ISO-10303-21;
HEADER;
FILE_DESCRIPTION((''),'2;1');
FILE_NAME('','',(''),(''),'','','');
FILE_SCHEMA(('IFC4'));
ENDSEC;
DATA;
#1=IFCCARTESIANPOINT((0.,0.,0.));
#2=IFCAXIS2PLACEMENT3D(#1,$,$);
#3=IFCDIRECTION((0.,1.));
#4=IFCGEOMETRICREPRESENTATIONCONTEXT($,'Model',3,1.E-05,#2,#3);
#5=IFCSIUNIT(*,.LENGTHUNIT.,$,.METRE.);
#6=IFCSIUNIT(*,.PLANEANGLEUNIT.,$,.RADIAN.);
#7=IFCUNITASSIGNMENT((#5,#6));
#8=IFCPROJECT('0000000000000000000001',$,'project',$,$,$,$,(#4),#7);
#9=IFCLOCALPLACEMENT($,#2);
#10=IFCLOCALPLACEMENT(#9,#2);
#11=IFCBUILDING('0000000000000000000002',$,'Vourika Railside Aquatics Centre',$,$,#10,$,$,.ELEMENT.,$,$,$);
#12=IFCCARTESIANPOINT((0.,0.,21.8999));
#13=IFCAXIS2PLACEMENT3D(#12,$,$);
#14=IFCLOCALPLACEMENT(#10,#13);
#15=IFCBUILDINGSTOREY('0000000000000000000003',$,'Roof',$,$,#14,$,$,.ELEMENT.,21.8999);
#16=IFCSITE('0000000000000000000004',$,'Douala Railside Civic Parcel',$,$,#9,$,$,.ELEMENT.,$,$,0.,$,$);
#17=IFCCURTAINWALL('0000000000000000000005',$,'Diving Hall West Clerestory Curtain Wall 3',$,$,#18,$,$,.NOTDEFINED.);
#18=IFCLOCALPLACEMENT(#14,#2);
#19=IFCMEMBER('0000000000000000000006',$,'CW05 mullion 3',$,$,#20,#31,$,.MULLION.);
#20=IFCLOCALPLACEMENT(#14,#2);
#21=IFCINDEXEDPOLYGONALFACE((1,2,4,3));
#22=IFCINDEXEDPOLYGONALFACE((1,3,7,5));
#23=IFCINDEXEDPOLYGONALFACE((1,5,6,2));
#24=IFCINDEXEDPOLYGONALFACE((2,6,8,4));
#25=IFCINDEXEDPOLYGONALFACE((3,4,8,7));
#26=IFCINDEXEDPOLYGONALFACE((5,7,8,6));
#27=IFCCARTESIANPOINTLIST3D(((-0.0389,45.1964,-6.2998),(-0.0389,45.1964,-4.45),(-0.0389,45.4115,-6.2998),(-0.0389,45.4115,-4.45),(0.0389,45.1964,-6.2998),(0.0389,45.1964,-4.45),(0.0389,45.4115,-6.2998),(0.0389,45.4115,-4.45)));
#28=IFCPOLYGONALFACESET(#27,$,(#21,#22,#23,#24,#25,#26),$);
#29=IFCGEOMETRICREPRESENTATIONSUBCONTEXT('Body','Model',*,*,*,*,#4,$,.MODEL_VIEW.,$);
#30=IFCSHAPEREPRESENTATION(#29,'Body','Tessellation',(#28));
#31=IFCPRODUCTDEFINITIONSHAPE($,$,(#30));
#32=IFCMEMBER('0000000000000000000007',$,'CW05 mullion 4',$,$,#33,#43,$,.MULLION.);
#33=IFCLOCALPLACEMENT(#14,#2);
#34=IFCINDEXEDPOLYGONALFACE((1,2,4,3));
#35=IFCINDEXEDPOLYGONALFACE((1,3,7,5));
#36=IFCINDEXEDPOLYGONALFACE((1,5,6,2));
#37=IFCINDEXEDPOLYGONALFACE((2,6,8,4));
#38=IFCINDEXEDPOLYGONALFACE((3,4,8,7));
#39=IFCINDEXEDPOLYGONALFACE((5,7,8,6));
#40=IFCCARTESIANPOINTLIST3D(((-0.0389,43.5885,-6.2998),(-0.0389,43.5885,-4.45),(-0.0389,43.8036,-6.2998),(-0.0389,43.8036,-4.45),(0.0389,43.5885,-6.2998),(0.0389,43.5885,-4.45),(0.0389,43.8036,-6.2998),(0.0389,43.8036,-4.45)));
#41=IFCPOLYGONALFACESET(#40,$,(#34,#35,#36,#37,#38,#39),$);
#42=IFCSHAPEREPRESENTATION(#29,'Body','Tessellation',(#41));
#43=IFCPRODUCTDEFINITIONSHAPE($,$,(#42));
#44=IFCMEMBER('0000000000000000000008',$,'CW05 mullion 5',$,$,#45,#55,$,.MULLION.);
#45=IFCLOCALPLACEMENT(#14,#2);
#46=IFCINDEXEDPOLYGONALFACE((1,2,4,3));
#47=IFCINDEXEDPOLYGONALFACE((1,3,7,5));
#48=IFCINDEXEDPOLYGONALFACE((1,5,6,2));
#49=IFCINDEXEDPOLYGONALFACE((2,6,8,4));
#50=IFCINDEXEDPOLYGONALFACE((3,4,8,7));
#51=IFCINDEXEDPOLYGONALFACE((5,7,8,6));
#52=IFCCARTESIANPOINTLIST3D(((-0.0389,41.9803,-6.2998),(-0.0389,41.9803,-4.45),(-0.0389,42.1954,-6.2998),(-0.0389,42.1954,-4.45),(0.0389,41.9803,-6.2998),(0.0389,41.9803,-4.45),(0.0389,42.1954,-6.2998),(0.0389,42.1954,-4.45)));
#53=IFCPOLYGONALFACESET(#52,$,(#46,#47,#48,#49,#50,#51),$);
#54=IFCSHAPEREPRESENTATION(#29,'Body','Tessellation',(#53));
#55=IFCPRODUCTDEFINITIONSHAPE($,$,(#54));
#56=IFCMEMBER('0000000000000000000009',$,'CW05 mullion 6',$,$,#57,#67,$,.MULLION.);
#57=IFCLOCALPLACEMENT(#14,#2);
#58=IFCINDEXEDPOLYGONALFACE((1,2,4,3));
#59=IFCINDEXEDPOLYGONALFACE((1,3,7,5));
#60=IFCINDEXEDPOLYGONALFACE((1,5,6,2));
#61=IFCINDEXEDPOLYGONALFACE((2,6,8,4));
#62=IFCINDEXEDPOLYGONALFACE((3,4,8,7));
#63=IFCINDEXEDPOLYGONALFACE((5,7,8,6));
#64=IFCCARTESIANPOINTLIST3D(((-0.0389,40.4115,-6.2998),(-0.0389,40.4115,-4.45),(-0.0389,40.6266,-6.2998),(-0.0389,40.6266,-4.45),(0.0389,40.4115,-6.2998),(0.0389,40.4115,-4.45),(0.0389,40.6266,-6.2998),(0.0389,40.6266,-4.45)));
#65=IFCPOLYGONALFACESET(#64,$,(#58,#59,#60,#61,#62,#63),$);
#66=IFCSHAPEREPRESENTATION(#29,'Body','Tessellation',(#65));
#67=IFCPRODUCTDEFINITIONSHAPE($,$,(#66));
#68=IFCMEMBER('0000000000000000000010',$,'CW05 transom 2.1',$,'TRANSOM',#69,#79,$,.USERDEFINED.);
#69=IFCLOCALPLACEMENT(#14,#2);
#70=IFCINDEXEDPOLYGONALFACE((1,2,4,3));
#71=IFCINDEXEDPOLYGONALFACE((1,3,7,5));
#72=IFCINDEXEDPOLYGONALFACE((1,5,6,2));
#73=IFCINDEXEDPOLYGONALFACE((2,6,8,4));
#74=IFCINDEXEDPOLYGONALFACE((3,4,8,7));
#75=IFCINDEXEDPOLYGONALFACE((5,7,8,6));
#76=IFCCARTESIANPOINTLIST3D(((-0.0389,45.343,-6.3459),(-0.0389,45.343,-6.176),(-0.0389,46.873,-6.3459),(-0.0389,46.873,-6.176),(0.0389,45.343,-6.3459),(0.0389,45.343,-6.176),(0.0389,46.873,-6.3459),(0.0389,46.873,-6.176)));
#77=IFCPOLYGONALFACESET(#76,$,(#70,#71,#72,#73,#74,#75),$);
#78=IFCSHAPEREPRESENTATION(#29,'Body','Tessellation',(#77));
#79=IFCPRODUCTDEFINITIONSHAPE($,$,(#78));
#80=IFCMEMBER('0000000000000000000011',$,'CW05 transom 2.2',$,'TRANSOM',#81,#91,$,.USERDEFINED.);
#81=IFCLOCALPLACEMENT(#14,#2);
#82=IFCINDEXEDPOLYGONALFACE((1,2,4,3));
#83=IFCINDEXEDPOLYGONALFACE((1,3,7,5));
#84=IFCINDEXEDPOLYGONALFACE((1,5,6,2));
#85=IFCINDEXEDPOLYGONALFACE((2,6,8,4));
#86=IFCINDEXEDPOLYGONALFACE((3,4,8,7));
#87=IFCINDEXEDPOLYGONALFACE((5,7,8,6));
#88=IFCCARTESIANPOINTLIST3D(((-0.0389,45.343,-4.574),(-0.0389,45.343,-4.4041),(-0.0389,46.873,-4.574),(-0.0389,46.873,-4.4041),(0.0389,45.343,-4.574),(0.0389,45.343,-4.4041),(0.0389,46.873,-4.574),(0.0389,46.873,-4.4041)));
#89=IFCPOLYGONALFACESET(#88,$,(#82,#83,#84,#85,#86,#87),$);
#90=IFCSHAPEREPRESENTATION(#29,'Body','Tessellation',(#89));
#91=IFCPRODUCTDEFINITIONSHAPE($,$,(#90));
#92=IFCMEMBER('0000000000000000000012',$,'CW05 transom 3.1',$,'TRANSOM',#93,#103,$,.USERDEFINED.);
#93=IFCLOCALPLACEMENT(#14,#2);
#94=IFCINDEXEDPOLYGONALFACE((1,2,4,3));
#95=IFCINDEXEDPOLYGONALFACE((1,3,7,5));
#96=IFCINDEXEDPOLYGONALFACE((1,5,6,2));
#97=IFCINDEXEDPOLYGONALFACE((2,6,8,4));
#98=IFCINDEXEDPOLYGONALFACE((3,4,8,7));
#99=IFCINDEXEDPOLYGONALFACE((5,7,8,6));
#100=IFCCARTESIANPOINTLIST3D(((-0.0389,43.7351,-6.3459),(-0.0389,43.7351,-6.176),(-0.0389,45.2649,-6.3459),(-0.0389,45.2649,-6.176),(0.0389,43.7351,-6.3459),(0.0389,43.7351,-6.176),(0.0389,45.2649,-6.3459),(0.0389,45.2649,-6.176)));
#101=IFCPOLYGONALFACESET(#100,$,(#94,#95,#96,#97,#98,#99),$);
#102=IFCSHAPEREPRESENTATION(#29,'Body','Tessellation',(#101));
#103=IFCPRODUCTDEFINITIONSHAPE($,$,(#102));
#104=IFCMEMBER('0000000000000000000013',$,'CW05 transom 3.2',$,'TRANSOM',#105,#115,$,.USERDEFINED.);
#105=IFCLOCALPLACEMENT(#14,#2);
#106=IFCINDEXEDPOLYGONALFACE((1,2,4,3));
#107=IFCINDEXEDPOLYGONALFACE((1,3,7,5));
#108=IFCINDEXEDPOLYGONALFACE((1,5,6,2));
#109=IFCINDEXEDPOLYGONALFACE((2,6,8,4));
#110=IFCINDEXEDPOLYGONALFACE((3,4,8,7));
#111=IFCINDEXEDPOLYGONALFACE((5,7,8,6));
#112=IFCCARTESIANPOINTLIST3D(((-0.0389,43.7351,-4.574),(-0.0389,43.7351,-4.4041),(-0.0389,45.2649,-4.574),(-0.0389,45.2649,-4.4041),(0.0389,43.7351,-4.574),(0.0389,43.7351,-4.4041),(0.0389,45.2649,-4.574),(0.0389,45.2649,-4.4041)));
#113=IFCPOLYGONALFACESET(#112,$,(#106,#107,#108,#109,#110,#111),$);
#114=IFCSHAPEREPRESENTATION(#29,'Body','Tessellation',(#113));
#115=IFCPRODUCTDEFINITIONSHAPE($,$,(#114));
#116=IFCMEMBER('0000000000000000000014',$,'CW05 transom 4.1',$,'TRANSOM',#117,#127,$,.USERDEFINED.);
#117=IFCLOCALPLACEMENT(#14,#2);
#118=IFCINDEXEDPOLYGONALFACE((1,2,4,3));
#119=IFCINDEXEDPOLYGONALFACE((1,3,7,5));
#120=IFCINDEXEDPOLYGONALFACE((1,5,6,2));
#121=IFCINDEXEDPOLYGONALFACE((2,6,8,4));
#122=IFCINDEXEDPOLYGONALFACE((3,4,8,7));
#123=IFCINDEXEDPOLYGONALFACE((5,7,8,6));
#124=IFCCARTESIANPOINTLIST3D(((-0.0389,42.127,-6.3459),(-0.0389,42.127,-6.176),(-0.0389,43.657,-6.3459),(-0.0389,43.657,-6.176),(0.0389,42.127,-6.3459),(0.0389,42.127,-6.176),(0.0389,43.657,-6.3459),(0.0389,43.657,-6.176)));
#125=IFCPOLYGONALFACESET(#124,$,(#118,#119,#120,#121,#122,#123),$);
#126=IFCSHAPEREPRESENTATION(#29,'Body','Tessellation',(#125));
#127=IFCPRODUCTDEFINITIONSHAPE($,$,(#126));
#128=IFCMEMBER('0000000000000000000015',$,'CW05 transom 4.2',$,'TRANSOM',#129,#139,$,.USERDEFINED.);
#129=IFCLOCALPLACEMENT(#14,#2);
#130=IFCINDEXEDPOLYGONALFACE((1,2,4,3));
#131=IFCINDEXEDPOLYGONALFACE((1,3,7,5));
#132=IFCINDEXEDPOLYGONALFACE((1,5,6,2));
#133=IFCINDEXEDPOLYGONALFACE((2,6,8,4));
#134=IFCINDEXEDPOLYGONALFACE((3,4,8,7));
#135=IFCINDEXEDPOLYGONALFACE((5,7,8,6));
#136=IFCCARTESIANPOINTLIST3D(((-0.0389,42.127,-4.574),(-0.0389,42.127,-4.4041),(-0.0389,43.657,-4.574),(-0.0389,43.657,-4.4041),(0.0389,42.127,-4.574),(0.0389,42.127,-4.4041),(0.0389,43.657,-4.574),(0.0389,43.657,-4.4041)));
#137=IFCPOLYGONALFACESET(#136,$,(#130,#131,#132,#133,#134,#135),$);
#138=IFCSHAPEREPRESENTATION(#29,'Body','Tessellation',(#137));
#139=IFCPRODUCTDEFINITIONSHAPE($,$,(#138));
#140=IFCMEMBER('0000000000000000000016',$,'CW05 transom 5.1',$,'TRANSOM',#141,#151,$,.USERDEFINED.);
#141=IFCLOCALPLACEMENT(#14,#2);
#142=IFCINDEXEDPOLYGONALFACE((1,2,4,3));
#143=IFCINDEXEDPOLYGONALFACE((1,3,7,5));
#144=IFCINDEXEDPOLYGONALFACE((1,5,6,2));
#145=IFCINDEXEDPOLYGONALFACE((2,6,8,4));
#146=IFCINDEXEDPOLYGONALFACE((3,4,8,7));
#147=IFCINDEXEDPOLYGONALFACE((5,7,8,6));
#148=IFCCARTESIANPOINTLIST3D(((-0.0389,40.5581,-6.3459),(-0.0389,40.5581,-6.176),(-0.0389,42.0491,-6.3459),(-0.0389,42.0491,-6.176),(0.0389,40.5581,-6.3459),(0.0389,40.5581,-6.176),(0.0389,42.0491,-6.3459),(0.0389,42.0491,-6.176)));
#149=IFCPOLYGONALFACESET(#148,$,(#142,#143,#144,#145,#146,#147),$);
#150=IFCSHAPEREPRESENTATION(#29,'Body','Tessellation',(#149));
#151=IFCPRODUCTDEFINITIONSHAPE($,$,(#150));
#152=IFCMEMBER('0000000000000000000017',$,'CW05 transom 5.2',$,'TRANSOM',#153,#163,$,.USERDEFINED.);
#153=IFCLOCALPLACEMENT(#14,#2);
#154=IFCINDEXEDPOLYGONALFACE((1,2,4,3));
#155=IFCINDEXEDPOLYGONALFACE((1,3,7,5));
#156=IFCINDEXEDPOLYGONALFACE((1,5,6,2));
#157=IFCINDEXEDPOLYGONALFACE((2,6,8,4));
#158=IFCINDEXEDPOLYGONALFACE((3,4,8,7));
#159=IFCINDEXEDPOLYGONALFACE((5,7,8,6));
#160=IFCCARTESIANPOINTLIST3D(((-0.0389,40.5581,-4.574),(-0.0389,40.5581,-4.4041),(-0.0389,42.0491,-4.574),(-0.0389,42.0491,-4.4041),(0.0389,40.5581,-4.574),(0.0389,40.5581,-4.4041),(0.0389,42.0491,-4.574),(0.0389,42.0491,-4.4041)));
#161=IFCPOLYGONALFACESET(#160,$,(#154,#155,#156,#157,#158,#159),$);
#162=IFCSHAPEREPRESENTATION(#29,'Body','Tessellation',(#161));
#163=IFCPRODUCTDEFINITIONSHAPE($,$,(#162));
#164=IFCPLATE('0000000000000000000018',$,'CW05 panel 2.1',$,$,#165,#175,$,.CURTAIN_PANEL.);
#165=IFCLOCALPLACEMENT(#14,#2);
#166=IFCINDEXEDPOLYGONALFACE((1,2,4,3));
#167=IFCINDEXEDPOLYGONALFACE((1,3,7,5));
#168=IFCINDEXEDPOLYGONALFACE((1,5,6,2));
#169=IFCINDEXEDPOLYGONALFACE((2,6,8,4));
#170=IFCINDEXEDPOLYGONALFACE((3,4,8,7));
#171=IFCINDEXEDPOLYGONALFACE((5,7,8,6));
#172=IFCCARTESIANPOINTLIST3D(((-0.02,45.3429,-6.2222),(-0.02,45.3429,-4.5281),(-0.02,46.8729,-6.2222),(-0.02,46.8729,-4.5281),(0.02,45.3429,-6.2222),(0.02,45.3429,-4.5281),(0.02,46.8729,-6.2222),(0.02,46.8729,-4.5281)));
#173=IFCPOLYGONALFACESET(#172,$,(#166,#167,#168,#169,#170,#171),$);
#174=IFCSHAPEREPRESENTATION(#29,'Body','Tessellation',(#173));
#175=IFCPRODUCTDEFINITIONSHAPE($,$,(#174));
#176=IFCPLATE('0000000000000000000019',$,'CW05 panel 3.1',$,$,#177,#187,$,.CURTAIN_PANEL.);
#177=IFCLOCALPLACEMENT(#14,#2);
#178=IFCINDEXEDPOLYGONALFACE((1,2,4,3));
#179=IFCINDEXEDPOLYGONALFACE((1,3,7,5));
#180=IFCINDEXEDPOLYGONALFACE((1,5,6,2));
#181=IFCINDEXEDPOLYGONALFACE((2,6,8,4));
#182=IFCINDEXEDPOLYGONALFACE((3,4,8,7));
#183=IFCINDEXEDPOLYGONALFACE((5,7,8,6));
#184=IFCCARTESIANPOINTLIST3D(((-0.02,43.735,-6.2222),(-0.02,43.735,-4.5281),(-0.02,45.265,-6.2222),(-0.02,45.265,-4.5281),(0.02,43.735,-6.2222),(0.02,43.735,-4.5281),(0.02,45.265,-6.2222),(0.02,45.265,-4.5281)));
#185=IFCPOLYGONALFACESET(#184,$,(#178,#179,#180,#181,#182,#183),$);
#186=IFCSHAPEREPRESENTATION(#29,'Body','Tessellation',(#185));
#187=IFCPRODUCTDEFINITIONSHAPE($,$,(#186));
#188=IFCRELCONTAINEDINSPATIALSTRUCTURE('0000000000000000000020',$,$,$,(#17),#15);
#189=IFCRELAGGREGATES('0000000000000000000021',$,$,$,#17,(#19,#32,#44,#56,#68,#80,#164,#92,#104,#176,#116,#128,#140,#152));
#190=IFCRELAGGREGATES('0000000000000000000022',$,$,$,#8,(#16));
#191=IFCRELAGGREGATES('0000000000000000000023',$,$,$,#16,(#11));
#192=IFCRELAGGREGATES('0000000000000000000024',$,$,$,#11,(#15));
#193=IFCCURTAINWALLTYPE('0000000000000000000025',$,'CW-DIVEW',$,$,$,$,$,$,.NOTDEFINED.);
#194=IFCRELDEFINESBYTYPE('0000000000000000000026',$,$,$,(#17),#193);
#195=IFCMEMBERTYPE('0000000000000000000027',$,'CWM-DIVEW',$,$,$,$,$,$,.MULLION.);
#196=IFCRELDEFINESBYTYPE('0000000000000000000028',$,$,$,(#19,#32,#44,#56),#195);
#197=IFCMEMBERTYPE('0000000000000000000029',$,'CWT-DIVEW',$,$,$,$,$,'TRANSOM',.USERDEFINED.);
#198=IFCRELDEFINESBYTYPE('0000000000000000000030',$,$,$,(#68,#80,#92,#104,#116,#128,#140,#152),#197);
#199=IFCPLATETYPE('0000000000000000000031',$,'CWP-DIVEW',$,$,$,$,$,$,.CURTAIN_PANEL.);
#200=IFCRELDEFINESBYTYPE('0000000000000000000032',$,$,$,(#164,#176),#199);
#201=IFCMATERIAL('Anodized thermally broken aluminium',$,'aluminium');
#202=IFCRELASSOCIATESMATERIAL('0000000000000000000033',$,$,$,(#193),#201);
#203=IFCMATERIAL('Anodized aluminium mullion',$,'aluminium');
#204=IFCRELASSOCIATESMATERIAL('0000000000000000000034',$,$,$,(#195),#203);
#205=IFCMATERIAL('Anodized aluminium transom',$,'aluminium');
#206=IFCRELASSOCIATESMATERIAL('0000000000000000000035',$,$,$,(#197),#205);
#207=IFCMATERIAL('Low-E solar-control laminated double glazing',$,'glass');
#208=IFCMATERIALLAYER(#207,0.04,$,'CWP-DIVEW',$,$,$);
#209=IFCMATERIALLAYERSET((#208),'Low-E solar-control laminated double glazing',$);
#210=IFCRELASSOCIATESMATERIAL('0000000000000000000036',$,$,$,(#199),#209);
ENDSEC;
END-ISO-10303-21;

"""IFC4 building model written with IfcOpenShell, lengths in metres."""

from ifc_helpers import new_model, si_unit, direction, frame, origin, origin_2d, place, context, subcontext, project, spatial, rectangle, extrude, material, layer, layer_set, material_profile, profile_set, type_object, element, aggregate, save


model = new_model("IFC4")

# Units and contexts
model_context = context("Model", 3, precision=1e-05, world=origin(), true_north=direction((0.0, 1.0)))
body_context = subcontext(model_context, "Body", "Model", "MODEL_VIEW")
ifc_project = project(units=[si_unit("LENGTHUNIT", "METRE"), si_unit("PLANEANGLEUNIT", "RADIAN")], contexts=[model_context])

# Site, building, storey
site_placement = place(None, origin())
site = spatial("IfcSite", under=ifc_project, at=site_placement, Name="Douala Railside Civic Parcel", CompositionType="ELEMENT", RefElevation=0.0)
building_placement = place(site_placement, origin())
building = spatial("IfcBuilding", under=site, at=building_placement, Name="Vourika Railside Aquatics Centre", CompositionType="ELEMENT")
storey_placement = place(building_placement, frame((0.0, 0.0, 21.8999)))
storey = spatial("IfcBuildingStorey", under=building, at=storey_placement, Name="Roof", CompositionType="ELEMENT", Elevation=21.8999)

# Curtain wall, members, plates
ifc_material_1 = material(Name="Anodized thermally broken aluminium", Category="aluminium")
curtain_wall_type = type_object("IfcCurtainWallType", Name="CW-DIVEW", PredefinedType="NOTDEFINED", material=ifc_material_1)
curtain_wall_placement = place(storey_placement, origin())
curtain_wall = element("IfcCurtainWall", 1, at=curtain_wall_placement, inside=storey, type_object=curtain_wall_type, Name="Diving Hall West Clerestory Curtain Wall 3", PredefinedType="NOTDEFINED")
ifc_material_2 = material(Name="Anodized aluminium mullion", Category="aluminium")
ifc_material_profile_1 = material_profile(ifc_material_2, rectangle(XDim=0.0779, YDim=0.2151, at=origin_2d()), Name="ALU-M 78x215")
ifc_profile_set_1 = profile_set([ifc_material_profile_1], Name="Anodized aluminium mullion")
member_type_1 = type_object("IfcMemberType", Name="CWM-DIVEW", PredefinedType="MULLION", material=ifc_profile_set_1)
member_1_placement = place(storey_placement, frame((0.0, 45.304, -6.2998), z_axis=(0.0, 0.0, 1.0), x_axis=(1.0, 0.0, 0.0)))
member_1 = element("IfcMember", 2, at=member_1_placement, type_object=member_type_1, Name="CW05 mullion 3", PredefinedType="MULLION", context=body_context, shape_type="SweptSolid", body=[
    extrude(rectangle(XDim=0.0779, YDim=0.2151, at=origin_2d()), origin(), (0.0, 0.0, 1.0), 1.8499),
])
member_2_placement = place(storey_placement, frame((0.0, 43.696, -6.2998), z_axis=(0.0, 0.0, 1.0), x_axis=(1.0, 0.0, 0.0)))
member_2 = element("IfcMember", 3, at=member_2_placement, type_object=member_type_1, Name="CW05 mullion 4", PredefinedType="MULLION", context=body_context, shape_type="SweptSolid", body=[
    extrude(rectangle(XDim=0.0779, YDim=0.2151, at=origin_2d()), origin(), (0.0, 0.0, 1.0), 1.8499),
])
member_3_placement = place(storey_placement, frame((0.0, 42.0879, -6.2998), z_axis=(0.0, 0.0, 1.0), x_axis=(1.0, 0.0, 0.0)))
member_3 = element("IfcMember", 4, at=member_3_placement, type_object=member_type_1, Name="CW05 mullion 5", PredefinedType="MULLION", context=body_context, shape_type="SweptSolid", body=[
    extrude(rectangle(XDim=0.0779, YDim=0.2151, at=origin_2d()), origin(), (0.0, 0.0, 1.0), 1.8499),
])
member_4_placement = place(storey_placement, frame((0.0, 40.519, -6.2998), z_axis=(0.0, 0.0, 1.0), x_axis=(1.0, 0.0, 0.0)))
member_4 = element("IfcMember", 5, at=member_4_placement, type_object=member_type_1, Name="CW05 mullion 6", PredefinedType="MULLION", context=body_context, shape_type="SweptSolid", body=[
    extrude(rectangle(XDim=0.0779, YDim=0.2151, at=origin_2d()), origin(), (0.0, 0.0, 1.0), 1.8499),
])
ifc_material_3 = material(Name="Anodized aluminium transom", Category="aluminium")
ifc_material_profile_2 = material_profile(ifc_material_3, rectangle(XDim=0.0779, YDim=0.1699, at=origin_2d()), Name="ALU-T 78x170")
ifc_profile_set_2 = profile_set([ifc_material_profile_2], Name="Anodized aluminium transom")
member_type_2 = type_object("IfcMemberType", Name="CWT-DIVEW", ElementType="TRANSOM", PredefinedType="USERDEFINED", material=ifc_profile_set_2)
member_5_placement = place(storey_placement, frame((0.0, 46.873, -6.261), z_axis=(0.0, -1.0, 0.0), x_axis=(1.0, 0.0, 0.0)))
member_5 = element("IfcMember", 6, at=member_5_placement, type_object=member_type_2, Name="CW05 transom 2.1", ObjectType="TRANSOM", PredefinedType="USERDEFINED", context=body_context, shape_type="SweptSolid", body=[
    extrude(rectangle(XDim=0.0779, YDim=0.1699, at=origin_2d()), origin(), (0.0, 0.0, 1.0), 1.53),
])
member_6_placement = place(storey_placement, frame((0.0, 46.873, -4.489), z_axis=(0.0, -1.0, 0.0), x_axis=(1.0, 0.0, 0.0)))
member_6 = element("IfcMember", 7, at=member_6_placement, type_object=member_type_2, Name="CW05 transom 2.2", ObjectType="TRANSOM", PredefinedType="USERDEFINED", context=body_context, shape_type="SweptSolid", body=[
    extrude(rectangle(XDim=0.0779, YDim=0.1699, at=origin_2d()), origin(), (0.0, 0.0, 1.0), 1.53),
])
member_7_placement = place(storey_placement, frame((0.0, 45.2649, -6.261), z_axis=(0.0, -1.0, 0.0), x_axis=(1.0, 0.0, 0.0)))
member_7 = element("IfcMember", 8, at=member_7_placement, type_object=member_type_2, Name="CW05 transom 3.1", ObjectType="TRANSOM", PredefinedType="USERDEFINED", context=body_context, shape_type="SweptSolid", body=[
    extrude(rectangle(XDim=0.0779, YDim=0.1699, at=origin_2d()), origin(), (0.0, 0.0, 1.0), 1.5298),
])
member_8_placement = place(storey_placement, frame((0.0, 45.2649, -4.489), z_axis=(0.0, -1.0, 0.0), x_axis=(1.0, 0.0, 0.0)))
member_8 = element("IfcMember", 9, at=member_8_placement, type_object=member_type_2, Name="CW05 transom 3.2", ObjectType="TRANSOM", PredefinedType="USERDEFINED", context=body_context, shape_type="SweptSolid", body=[
    extrude(rectangle(XDim=0.0779, YDim=0.1699, at=origin_2d()), origin(), (0.0, 0.0, 1.0), 1.5298),
])
member_9_placement = place(storey_placement, frame((0.0, 43.657, -6.261), z_axis=(0.0, -1.0, 0.0), x_axis=(1.0, 0.0, 0.0)))
member_9 = element("IfcMember", 10, at=member_9_placement, type_object=member_type_2, Name="CW05 transom 4.1", ObjectType="TRANSOM", PredefinedType="USERDEFINED", context=body_context, shape_type="SweptSolid", body=[
    extrude(rectangle(XDim=0.0779, YDim=0.1699, at=origin_2d()), origin(), (0.0, 0.0, 1.0), 1.53),
])
member_10_placement = place(storey_placement, frame((0.0, 43.657, -4.489), z_axis=(0.0, -1.0, 0.0), x_axis=(1.0, 0.0, 0.0)))
member_10 = element("IfcMember", 11, at=member_10_placement, type_object=member_type_2, Name="CW05 transom 4.2", ObjectType="TRANSOM", PredefinedType="USERDEFINED", context=body_context, shape_type="SweptSolid", body=[
    extrude(rectangle(XDim=0.0779, YDim=0.1699, at=origin_2d()), origin(), (0.0, 0.0, 1.0), 1.53),
])
member_11_placement = place(storey_placement, frame((0.0, 42.0491, -6.261), z_axis=(0.0, -1.0, 0.0), x_axis=(1.0, 0.0, 0.0)))
member_11 = element("IfcMember", 12, at=member_11_placement, type_object=member_type_2, Name="CW05 transom 5.1", ObjectType="TRANSOM", PredefinedType="USERDEFINED", context=body_context, shape_type="SweptSolid", body=[
    extrude(rectangle(XDim=0.0779, YDim=0.1699, at=origin_2d()), origin(), (0.0, 0.0, 1.0), 1.491),
])
member_12_placement = place(storey_placement, frame((0.0, 42.0491, -4.489), z_axis=(0.0, -1.0, 0.0), x_axis=(1.0, 0.0, 0.0)))
member_12 = element("IfcMember", 13, at=member_12_placement, type_object=member_type_2, Name="CW05 transom 5.2", ObjectType="TRANSOM", PredefinedType="USERDEFINED", context=body_context, shape_type="SweptSolid", body=[
    extrude(rectangle(XDim=0.0779, YDim=0.1699, at=origin_2d()), origin(), (0.0, 0.0, 1.0), 1.491),
])
ifc_material_4 = material(Name="Low-E solar-control laminated double glazing", Category="glass")
ifc_layer = layer(ifc_material_4, 0.04, Name="CWP-DIVEW")
ifc_layer_set = layer_set([ifc_layer], Name="Low-E solar-control laminated double glazing")
plate_type = type_object("IfcPlateType", Name="CWP-DIVEW", PredefinedType="CURTAIN_PANEL", material=ifc_layer_set)
plate_1_placement = place(storey_placement, frame((0.0, 46.1079, -6.2222), z_axis=(0.0, 0.0, 1.0), x_axis=(0.0, -1.0, 0.0)))
plate_1 = element("IfcPlate", 14, at=plate_1_placement, type_object=plate_type, Name="CW05 panel 2.1", PredefinedType="CURTAIN_PANEL", context=body_context, shape_type="SweptSolid", body=[
    extrude(rectangle(XDim=1.53, YDim=0.04, at=origin_2d()), origin(), (0.0, 0.0, 1.0), 1.6941),
])
plate_2_placement = place(storey_placement, frame((0.0, 44.5, -6.2222), z_axis=(0.0, 0.0, 1.0), x_axis=(0.0, -1.0, 0.0)))
plate_2 = element("IfcPlate", 15, at=plate_2_placement, type_object=plate_type, Name="CW05 panel 3.1", PredefinedType="CURTAIN_PANEL", context=body_context, shape_type="SweptSolid", body=[
    extrude(rectangle(XDim=1.53, YDim=0.04, at=origin_2d()), origin(), (0.0, 0.0, 1.0), 1.6941),
])
aggregate(curtain_wall, [member_1, member_2, member_3, member_4, member_5, member_6, plate_1, member_7, member_8, plate_2, member_9, member_10, member_11, member_12])

save(model, "model.ifc")
